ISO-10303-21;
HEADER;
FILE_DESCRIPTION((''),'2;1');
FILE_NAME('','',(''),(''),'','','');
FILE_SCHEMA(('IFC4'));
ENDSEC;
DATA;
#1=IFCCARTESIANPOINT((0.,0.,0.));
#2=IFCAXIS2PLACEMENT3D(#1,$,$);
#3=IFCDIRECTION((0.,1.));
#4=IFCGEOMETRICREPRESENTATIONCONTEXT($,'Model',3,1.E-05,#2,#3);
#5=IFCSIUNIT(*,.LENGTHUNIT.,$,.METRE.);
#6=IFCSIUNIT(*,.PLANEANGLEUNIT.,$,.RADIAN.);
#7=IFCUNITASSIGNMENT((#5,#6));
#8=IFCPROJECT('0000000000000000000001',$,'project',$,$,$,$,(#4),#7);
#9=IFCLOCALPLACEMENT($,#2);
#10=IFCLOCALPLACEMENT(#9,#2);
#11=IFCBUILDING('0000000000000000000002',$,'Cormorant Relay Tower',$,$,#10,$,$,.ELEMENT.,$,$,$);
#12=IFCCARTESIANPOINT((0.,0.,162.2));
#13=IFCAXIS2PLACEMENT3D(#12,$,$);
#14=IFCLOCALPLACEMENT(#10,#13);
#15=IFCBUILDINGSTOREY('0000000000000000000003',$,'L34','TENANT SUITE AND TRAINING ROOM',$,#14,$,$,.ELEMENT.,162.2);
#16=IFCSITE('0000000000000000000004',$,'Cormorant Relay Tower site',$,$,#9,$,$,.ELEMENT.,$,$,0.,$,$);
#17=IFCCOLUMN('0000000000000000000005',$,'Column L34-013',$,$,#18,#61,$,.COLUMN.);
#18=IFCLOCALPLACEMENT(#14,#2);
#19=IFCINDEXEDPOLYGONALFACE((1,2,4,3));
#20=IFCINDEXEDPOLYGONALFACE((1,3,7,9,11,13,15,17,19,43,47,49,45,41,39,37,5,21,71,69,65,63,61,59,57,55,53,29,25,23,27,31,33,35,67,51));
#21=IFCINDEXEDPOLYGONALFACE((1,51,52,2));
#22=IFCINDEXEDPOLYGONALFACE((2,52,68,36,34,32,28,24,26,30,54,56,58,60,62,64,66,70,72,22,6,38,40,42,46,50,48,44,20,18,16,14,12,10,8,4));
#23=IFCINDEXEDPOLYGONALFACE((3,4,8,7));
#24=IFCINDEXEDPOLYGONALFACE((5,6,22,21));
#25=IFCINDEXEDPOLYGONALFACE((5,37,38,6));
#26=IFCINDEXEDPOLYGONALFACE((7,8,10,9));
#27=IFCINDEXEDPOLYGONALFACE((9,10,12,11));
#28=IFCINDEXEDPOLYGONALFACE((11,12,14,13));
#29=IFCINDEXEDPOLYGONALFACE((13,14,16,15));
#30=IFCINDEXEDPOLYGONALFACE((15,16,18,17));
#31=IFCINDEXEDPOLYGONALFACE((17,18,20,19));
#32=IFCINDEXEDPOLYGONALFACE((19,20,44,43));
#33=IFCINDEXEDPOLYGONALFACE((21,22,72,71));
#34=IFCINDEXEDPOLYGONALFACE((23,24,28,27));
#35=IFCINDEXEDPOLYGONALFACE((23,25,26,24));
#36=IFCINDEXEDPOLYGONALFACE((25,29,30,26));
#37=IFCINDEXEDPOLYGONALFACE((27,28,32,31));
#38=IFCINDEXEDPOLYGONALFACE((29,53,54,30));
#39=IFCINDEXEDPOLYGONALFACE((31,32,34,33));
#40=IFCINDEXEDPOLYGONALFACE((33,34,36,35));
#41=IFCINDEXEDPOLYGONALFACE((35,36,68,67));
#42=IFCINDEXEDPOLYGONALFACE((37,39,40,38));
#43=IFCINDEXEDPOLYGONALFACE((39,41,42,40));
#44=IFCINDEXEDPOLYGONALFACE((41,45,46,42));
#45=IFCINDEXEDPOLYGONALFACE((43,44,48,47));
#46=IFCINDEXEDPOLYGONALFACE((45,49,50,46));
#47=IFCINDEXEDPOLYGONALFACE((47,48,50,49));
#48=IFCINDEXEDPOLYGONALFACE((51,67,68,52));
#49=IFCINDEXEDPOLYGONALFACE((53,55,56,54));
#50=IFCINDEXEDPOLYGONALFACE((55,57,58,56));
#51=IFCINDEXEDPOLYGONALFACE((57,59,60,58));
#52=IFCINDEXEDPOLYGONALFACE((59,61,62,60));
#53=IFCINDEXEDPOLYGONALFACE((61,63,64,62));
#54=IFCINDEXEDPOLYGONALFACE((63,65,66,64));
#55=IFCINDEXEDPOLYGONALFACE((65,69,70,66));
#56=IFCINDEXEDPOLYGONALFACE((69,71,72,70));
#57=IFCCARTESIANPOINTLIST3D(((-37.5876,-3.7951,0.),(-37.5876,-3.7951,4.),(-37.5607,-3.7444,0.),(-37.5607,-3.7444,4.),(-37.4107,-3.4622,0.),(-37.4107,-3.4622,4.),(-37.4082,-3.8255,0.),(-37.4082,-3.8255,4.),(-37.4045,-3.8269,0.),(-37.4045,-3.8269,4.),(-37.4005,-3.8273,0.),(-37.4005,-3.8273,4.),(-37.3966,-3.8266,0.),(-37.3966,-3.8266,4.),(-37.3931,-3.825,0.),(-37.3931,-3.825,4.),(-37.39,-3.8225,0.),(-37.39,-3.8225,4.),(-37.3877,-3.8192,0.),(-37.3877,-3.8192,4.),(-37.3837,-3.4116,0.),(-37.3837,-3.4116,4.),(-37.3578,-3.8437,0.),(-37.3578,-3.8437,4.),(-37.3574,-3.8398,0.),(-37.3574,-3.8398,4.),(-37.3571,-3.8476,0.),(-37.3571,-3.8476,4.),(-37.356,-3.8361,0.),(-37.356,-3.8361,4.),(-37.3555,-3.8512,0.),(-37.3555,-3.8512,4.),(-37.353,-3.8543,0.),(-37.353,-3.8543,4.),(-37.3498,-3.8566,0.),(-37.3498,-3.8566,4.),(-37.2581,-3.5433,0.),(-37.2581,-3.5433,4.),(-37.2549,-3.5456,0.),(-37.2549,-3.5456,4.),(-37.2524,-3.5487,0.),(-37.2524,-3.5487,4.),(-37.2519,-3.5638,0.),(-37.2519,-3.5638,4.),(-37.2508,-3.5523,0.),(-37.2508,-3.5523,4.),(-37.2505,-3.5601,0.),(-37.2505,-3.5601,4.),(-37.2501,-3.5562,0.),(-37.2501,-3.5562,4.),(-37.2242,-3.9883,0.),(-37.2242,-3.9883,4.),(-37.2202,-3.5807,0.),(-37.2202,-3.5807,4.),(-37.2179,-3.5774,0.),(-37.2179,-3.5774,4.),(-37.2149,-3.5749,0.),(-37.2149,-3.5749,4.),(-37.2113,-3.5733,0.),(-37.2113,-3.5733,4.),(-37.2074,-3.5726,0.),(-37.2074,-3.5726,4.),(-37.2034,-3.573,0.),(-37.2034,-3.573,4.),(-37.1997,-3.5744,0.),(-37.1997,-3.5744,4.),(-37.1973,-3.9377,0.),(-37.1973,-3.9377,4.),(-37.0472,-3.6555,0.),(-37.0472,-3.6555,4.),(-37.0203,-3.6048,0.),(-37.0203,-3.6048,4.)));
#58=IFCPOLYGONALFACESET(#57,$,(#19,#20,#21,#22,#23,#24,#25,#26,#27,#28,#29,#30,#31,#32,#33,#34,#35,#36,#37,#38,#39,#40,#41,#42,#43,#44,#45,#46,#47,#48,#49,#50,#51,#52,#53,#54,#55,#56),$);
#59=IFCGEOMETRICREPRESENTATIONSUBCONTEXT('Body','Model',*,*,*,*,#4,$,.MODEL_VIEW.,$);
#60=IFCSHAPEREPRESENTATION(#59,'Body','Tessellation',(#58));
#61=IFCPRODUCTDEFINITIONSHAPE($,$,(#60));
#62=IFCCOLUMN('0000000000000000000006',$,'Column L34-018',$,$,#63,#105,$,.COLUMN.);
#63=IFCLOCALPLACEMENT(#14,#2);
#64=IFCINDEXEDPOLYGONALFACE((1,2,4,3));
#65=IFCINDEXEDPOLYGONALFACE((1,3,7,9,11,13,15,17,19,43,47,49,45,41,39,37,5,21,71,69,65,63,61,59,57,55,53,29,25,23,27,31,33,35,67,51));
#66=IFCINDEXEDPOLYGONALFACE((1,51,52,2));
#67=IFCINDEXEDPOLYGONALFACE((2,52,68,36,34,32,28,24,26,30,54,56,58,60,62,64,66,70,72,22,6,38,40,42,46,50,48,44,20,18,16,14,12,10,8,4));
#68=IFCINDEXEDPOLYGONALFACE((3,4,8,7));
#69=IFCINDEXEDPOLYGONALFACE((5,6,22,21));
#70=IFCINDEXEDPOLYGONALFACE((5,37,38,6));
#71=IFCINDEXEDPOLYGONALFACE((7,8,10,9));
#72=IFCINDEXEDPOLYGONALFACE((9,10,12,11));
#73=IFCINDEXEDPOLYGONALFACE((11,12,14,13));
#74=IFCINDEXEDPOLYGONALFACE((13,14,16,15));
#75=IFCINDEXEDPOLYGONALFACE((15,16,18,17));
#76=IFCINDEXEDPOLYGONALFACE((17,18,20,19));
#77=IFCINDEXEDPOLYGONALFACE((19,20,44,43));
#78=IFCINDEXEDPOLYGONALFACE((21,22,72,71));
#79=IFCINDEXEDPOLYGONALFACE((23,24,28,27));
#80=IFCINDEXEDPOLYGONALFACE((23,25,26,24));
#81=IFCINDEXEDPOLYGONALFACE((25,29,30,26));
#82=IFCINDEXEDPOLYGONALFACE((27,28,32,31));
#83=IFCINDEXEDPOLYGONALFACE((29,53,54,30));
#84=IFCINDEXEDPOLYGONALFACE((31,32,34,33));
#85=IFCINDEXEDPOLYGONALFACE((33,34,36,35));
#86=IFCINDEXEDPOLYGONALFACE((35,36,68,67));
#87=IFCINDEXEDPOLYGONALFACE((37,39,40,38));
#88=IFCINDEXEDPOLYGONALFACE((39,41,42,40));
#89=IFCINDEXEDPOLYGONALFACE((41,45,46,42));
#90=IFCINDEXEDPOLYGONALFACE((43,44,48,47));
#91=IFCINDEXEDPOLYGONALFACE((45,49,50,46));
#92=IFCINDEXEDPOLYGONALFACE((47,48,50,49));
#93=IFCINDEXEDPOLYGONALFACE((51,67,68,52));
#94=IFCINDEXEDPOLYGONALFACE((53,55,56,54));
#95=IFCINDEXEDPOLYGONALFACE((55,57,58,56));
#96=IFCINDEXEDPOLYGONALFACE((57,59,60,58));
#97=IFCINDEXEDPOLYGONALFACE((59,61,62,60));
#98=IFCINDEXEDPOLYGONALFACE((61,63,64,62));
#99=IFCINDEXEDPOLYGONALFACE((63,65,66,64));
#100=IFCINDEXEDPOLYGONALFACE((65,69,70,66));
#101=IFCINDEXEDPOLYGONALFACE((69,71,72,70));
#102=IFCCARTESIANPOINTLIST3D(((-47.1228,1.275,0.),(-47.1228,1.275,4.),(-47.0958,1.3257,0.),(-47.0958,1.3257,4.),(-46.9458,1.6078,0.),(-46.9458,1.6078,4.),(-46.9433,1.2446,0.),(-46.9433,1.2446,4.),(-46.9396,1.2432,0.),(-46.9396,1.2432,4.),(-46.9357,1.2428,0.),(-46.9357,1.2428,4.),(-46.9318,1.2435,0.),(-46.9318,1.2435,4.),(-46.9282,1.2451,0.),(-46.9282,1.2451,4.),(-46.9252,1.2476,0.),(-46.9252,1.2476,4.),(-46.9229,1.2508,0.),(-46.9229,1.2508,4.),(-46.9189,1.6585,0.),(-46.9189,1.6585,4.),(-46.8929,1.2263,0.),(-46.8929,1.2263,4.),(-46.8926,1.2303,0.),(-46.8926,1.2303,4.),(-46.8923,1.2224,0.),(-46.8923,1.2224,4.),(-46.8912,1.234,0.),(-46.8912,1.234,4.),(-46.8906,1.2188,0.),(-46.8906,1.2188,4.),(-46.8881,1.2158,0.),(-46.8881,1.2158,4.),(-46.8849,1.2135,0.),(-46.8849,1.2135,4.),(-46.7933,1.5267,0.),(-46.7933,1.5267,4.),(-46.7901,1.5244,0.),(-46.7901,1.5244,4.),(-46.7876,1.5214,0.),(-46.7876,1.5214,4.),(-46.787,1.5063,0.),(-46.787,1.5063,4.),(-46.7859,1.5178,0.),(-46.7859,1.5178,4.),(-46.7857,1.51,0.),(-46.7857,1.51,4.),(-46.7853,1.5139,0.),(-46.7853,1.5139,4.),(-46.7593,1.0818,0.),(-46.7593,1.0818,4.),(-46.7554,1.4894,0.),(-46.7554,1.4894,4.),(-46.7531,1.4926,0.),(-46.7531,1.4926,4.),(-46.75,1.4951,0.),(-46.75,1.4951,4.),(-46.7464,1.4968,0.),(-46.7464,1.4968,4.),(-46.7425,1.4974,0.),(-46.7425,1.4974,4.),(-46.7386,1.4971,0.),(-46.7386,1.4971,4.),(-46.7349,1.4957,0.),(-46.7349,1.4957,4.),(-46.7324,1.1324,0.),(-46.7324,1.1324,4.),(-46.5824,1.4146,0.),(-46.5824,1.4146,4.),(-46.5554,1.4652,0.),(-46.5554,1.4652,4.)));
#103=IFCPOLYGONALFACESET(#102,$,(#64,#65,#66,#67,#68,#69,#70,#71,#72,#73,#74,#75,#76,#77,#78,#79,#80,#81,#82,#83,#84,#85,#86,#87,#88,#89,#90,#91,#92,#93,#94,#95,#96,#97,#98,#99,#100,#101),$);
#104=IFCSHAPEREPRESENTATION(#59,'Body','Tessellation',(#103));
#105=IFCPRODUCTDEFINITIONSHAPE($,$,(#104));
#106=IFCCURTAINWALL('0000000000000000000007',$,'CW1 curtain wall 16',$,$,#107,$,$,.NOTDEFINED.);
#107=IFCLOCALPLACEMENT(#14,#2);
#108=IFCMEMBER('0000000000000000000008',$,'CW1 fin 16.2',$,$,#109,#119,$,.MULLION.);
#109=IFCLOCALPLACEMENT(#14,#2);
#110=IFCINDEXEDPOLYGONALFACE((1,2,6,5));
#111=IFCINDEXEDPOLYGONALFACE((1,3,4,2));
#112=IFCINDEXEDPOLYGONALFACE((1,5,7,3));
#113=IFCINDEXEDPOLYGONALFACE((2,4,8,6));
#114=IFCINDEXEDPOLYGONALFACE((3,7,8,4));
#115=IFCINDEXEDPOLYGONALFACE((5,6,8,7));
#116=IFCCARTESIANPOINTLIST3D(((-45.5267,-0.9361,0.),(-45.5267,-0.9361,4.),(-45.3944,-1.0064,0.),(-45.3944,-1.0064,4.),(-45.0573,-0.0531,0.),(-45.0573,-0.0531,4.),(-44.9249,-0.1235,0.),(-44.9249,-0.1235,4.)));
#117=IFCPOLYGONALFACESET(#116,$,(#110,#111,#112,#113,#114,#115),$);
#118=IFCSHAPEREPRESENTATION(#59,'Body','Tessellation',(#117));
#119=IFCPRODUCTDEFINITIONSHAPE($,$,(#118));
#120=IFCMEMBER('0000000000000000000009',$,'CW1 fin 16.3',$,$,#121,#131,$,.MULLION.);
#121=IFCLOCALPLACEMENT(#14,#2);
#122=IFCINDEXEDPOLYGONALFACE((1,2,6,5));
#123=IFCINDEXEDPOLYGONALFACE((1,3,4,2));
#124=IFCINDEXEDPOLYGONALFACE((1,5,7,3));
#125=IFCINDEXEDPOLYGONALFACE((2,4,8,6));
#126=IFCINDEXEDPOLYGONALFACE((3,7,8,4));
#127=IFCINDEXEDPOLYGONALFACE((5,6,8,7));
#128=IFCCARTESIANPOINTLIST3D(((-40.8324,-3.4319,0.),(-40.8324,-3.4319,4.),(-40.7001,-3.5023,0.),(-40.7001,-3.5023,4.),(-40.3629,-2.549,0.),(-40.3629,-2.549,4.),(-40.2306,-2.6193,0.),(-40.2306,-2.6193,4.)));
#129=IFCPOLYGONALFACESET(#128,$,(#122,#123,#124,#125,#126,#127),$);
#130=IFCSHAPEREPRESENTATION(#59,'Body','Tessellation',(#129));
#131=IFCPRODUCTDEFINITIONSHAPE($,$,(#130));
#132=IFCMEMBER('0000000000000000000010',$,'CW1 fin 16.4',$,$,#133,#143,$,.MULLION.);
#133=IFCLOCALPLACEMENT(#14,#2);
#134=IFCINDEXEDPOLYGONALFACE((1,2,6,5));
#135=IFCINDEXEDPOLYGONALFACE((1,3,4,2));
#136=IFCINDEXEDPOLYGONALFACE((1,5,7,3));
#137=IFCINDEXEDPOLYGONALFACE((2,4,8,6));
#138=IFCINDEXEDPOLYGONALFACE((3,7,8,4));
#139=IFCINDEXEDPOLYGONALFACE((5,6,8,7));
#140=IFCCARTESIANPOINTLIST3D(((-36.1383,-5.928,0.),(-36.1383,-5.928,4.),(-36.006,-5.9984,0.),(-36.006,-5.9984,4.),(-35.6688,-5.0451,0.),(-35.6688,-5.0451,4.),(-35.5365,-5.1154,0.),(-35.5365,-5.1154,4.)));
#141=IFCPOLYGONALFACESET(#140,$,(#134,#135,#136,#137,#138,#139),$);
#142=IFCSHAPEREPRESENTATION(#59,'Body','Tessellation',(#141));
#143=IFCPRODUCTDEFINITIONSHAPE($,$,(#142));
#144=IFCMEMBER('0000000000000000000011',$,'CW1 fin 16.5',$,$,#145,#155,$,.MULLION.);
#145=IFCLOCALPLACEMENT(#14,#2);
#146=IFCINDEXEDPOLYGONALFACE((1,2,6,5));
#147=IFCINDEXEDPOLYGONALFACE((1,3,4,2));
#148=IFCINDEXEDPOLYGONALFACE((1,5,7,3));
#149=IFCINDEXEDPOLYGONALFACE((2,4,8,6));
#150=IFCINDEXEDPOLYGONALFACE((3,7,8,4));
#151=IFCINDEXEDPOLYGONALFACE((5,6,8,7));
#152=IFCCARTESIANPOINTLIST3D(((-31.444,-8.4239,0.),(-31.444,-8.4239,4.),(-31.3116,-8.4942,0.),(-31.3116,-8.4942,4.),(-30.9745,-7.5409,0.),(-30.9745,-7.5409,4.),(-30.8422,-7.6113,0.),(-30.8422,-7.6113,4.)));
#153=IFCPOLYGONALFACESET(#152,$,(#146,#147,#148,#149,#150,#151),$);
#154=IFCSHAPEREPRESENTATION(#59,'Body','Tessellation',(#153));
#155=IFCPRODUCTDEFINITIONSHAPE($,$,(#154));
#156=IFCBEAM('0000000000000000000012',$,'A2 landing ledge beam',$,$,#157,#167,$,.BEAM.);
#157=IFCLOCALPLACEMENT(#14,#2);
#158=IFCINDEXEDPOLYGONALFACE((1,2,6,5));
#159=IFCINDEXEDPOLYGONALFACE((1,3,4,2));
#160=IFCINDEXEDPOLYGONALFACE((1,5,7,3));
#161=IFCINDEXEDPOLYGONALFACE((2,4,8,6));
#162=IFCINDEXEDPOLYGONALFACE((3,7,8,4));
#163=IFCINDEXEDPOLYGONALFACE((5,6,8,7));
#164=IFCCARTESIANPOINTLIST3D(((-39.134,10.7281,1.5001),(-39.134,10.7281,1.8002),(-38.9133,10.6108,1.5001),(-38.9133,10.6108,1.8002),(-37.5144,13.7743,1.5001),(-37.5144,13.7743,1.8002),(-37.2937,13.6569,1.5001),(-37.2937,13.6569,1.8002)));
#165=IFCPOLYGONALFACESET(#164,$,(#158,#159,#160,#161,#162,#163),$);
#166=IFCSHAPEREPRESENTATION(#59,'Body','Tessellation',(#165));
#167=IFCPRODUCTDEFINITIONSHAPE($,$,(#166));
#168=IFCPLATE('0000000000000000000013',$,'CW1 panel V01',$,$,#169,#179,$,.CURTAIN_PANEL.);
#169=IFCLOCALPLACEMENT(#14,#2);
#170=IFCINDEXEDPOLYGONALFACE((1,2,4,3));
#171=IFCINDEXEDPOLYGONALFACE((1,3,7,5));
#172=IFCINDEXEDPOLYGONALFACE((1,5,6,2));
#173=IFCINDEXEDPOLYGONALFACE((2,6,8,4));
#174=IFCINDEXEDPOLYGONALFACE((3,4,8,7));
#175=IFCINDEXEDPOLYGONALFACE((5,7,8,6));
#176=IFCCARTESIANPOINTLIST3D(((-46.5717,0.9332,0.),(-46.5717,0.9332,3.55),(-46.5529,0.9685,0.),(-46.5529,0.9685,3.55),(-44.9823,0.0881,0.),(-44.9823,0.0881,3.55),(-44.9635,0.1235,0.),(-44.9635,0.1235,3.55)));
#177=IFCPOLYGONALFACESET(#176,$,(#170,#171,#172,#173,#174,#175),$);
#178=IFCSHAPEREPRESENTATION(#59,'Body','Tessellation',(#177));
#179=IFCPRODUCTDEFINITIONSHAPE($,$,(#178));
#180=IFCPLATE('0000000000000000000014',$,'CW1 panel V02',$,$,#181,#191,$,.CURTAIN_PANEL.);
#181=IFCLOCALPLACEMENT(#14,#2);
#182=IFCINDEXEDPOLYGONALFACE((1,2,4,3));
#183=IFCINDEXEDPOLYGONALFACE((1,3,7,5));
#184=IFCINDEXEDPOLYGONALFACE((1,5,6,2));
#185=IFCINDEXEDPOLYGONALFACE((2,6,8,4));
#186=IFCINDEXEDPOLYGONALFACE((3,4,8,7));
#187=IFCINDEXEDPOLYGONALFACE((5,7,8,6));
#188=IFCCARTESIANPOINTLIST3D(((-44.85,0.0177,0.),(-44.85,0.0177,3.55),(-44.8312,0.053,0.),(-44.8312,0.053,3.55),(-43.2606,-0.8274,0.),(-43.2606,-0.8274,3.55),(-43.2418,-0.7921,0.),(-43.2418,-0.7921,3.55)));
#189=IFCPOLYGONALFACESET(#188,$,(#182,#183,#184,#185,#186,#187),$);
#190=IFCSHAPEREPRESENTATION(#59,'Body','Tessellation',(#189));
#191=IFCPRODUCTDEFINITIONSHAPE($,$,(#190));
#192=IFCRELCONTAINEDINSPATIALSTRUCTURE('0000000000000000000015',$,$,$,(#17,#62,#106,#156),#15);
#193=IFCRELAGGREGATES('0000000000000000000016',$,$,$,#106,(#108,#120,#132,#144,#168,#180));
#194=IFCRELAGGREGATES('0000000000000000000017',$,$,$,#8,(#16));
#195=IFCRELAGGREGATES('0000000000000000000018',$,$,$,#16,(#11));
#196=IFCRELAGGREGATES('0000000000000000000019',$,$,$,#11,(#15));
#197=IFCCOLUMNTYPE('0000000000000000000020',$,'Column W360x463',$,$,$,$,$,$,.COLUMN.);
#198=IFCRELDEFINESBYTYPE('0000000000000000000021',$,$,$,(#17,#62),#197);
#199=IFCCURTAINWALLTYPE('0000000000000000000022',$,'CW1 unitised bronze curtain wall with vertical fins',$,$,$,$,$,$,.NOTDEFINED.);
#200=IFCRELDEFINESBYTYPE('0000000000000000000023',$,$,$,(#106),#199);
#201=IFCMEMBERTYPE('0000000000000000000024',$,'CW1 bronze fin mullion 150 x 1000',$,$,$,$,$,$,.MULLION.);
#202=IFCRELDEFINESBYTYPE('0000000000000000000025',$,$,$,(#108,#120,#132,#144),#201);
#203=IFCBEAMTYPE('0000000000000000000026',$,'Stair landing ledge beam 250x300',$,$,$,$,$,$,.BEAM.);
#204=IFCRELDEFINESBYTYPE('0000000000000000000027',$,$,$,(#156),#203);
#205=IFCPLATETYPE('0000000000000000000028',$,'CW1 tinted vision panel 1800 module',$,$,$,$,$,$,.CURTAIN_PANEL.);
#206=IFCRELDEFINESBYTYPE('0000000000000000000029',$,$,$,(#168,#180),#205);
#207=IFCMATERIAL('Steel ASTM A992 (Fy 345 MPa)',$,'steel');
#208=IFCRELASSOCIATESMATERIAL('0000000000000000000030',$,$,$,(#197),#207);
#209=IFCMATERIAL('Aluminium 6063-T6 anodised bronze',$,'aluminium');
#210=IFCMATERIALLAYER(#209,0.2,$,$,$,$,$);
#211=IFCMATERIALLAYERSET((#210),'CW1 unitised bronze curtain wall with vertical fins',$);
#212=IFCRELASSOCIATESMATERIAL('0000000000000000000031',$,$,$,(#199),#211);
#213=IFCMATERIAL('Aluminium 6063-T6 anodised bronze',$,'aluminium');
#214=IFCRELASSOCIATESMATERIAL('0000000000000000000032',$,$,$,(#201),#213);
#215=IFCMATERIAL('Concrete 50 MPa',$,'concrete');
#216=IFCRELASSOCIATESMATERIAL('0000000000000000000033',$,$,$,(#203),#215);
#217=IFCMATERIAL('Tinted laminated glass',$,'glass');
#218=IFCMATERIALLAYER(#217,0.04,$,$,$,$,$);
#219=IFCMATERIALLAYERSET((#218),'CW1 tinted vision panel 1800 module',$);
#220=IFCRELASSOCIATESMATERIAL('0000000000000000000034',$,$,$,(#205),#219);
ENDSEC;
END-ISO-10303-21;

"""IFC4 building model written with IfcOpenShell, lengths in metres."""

from ifc_helpers import new_model, si_unit, direction, frame, origin, origin_2d, place, context, subcontext, project, spatial, rectangle, i_section, extrude, material, layer, layer_set, material_profile, profile_set, type_object, element, aggregate, save


model = new_model("IFC4")

# Units and contexts
model_context = context("Model", 3, precision=1e-05, world=origin(), true_north=direction((0.0, 1.0)))
body_context = subcontext(model_context, "Body", "Model", "MODEL_VIEW")
ifc_project = project(units=[si_unit("LENGTHUNIT", "METRE"), si_unit("PLANEANGLEUNIT", "RADIAN")], contexts=[model_context])

# Site, building, storey
site_placement = place(None, origin())
site = spatial("IfcSite", under=ifc_project, at=site_placement, Name="Cormorant Relay Tower site", CompositionType="ELEMENT", RefElevation=0.0)
building_placement = place(site_placement, origin())
building = spatial("IfcBuilding", under=site, at=building_placement, Name="Cormorant Relay Tower", CompositionType="ELEMENT")
storey_placement = place(building_placement, frame((0.0, 0.0, 162.2)))
storey = spatial("IfcBuildingStorey", under=building, at=storey_placement, Name="L34", Description="TENANT SUITE AND TRAINING ROOM", CompositionType="ELEMENT", Elevation=162.2)

# Columns
ifc_material_1 = material(Name="Steel ASTM A992 (Fy 345 MPa)", Category="steel")
ifc_material_profile_1 = material_profile(ifc_material_1, i_section(OverallWidth=0.4116, OverallDepth=0.4343, WebThickness=0.0359, FlangeThickness=0.0574, FilletRadius=0.0151, at=origin_2d()), Name="W360x463")
ifc_profile_set_1 = profile_set([ifc_material_profile_1], Name="Steel ASTM A992 (Fy 345 MPa)")
column_type = type_object("IfcColumnType", Name="Column W360x463", PredefinedType="COLUMN", material=ifc_profile_set_1)
for number, where, z_axis, x_axis, name in (
    (1, (-37.304, -3.7, 0.0), (0.0, 0.0, 1.0), (0.882948, -0.469472, 0.0), "Column L34-013"),
    (2, (-46.8391, 1.3701, 0.0), (0.0, 0.0, 1.0), (0.882948, -0.469472, 0.0), "Column L34-018"),
):
    element("IfcColumn", number, at=place(storey_placement, frame(where, z_axis=z_axis, x_axis=x_axis)), inside=storey, type_object=column_type, Name=name, PredefinedType="COLUMN", context=body_context, shape_type="SweptSolid", body=[
        extrude(i_section(OverallWidth=0.4116, OverallDepth=0.4343, WebThickness=0.0359, FlangeThickness=0.0574, FilletRadius=0.0151, at=origin_2d()), origin(), (0.0, 0.0, 1.0), 4.0),
    ])

# Curtain wall, members
ifc_material_2 = material(Name="Aluminium 6063-T6 anodised bronze", Category="aluminium")
ifc_layer_1 = layer(ifc_material_2, 0.2)
ifc_layer_set_1 = layer_set([ifc_layer_1], Name="CW1 unitised bronze curtain wall with vertical fins")
curtain_wall_type = type_object("IfcCurtainWallType", Name="CW1 unitised bronze curtain wall with vertical fins", PredefinedType="NOTDEFINED", material=ifc_layer_set_1)
curtain_wall_placement = place(storey_placement, origin())
curtain_wall = element("IfcCurtainWall", 3, at=curtain_wall_placement, inside=storey, type_object=curtain_wall_type, Name="CW1 curtain wall 16", PredefinedType="NOTDEFINED")
ifc_material_3 = material(Name="Aluminium 6063-T6 anodised bronze", Category="aluminium")
ifc_material_profile_2 = material_profile(ifc_material_3, rectangle(XDim=0.1499, YDim=1.0, at=origin_2d()), Name="AL 150x1000")
ifc_profile_set_2 = profile_set([ifc_material_profile_2], Name="Aluminium 6063-T6 anodised bronze")
member_type = type_object("IfcMemberType", Name="CW1 bronze fin mullion 150 x 1000", PredefinedType="MULLION", material=ifc_profile_set_2)
member_1_placement = place(storey_placement, frame((-45.2258, -0.5298, 0.0), z_axis=(0.0, 0.0, 1.0), x_axis=(0.882948, -0.469472, 0.0)))
member_1 = element("IfcMember", 4, at=member_1_placement, type_object=member_type, Name="CW1 fin 16.2", PredefinedType="MULLION", context=body_context, shape_type="SweptSolid", body=[
    extrude(rectangle(XDim=0.1499, YDim=1.0, at=origin_2d()), origin(), (0.0, 0.0, 1.0), 4.0),
])
member_2_placement = place(storey_placement, frame((-40.5315, -3.0256, 0.0), z_axis=(0.0, 0.0, 1.0), x_axis=(0.882948, -0.469472, 0.0)))
member_2 = element("IfcMember", 5, at=member_2_placement, type_object=member_type, Name="CW1 fin 16.3", PredefinedType="MULLION", context=body_context, shape_type="SweptSolid", body=[
    extrude(rectangle(XDim=0.1499, YDim=1.0, at=origin_2d()), origin(), (0.0, 0.0, 1.0), 4.0),
])
member_3_placement = place(storey_placement, frame((-35.8374, -5.5217, 0.0), z_axis=(0.0, 0.0, 1.0), x_axis=(0.882948, -0.469472, 0.0)))
member_3 = element("IfcMember", 6, at=member_3_placement, type_object=member_type, Name="CW1 fin 16.4", PredefinedType="MULLION", context=body_context, shape_type="SweptSolid", body=[
    extrude(rectangle(XDim=0.1499, YDim=1.0, at=origin_2d()), origin(), (0.0, 0.0, 1.0), 4.0),
])
member_4_placement = place(storey_placement, frame((-31.1431, -8.0176, 0.0), z_axis=(0.0, 0.0, 1.0), x_axis=(0.882948, -0.469472, 0.0)))
member_4 = element("IfcMember", 7, at=member_4_placement, type_object=member_type, Name="CW1 fin 16.5", PredefinedType="MULLION", context=body_context, shape_type="SweptSolid", body=[
    extrude(rectangle(XDim=0.1499, YDim=1.0, at=origin_2d()), origin(), (0.0, 0.0, 1.0), 4.0),
])

# Beam
ifc_material_4 = material(Name="Concrete 50 MPa", Category="concrete")
ifc_material_profile_3 = material_profile(ifc_material_4, rectangle(XDim=0.25, YDim=0.3, at=origin_2d()), Name="RC 250x300")
ifc_profile_set_3 = profile_set([ifc_material_profile_3], Name="Concrete 50 MPa")
beam_type = type_object("IfcBeamType", Name="Stair landing ledge beam 250x300", PredefinedType="BEAM", material=ifc_profile_set_3)
beam_placement = place(storey_placement, frame((-37.4041, 13.7156, 1.6501), z_axis=(-0.469464, -0.882952, 0.0), x_axis=(0.882952, -0.469464, 0.0)))
element("IfcBeam", 8, at=beam_placement, inside=storey, type_object=beam_type, Name="A2 landing ledge beam", PredefinedType="BEAM", context=body_context, shape_type="SweptSolid", body=[
    extrude(rectangle(XDim=0.25, YDim=0.3, at=origin_2d()), origin(), (0.0, 0.0, 1.0), 3.45),
])

# Plates
ifc_material_5 = material(Name="Tinted laminated glass", Category="glass")
ifc_layer_2 = layer(ifc_material_5, 0.04)
ifc_layer_set_2 = layer_set([ifc_layer_2], Name="CW1 tinted vision panel 1800 module")
plate_type = type_object("IfcPlateType", Name="CW1 tinted vision panel 1800 module", PredefinedType="CURTAIN_PANEL", material=ifc_layer_set_2)
plate_1_placement = place(storey_placement, frame((-45.7676, 0.5283, 0.0), z_axis=(0.0, 0.0, 1.0), x_axis=(0.882948, -0.469472, 0.0)))
plate_1 = element("IfcPlate", 9, at=plate_1_placement, type_object=plate_type, Name="CW1 panel V01", PredefinedType="CURTAIN_PANEL", context=body_context, shape_type="SweptSolid", body=[
    extrude(rectangle(XDim=1.8, YDim=0.04, at=origin_2d()), origin(), (0.0, 0.0, 1.0), 3.55),
])
plate_2_placement = place(storey_placement, frame((-44.0459, -0.3872, 0.0), z_axis=(0.0, 0.0, 1.0), x_axis=(0.882948, -0.469472, 0.0)))
plate_2 = element("IfcPlate", 10, at=plate_2_placement, type_object=plate_type, Name="CW1 panel V02", PredefinedType="CURTAIN_PANEL", context=body_context, shape_type="SweptSolid", body=[
    extrude(rectangle(XDim=1.8, YDim=0.04, at=origin_2d()), origin(), (0.0, 0.0, 1.0), 3.55),
])

aggregate(curtain_wall, [member_1, member_2, member_3, member_4, plate_1, plate_2])

save(model, "model.ifc")
